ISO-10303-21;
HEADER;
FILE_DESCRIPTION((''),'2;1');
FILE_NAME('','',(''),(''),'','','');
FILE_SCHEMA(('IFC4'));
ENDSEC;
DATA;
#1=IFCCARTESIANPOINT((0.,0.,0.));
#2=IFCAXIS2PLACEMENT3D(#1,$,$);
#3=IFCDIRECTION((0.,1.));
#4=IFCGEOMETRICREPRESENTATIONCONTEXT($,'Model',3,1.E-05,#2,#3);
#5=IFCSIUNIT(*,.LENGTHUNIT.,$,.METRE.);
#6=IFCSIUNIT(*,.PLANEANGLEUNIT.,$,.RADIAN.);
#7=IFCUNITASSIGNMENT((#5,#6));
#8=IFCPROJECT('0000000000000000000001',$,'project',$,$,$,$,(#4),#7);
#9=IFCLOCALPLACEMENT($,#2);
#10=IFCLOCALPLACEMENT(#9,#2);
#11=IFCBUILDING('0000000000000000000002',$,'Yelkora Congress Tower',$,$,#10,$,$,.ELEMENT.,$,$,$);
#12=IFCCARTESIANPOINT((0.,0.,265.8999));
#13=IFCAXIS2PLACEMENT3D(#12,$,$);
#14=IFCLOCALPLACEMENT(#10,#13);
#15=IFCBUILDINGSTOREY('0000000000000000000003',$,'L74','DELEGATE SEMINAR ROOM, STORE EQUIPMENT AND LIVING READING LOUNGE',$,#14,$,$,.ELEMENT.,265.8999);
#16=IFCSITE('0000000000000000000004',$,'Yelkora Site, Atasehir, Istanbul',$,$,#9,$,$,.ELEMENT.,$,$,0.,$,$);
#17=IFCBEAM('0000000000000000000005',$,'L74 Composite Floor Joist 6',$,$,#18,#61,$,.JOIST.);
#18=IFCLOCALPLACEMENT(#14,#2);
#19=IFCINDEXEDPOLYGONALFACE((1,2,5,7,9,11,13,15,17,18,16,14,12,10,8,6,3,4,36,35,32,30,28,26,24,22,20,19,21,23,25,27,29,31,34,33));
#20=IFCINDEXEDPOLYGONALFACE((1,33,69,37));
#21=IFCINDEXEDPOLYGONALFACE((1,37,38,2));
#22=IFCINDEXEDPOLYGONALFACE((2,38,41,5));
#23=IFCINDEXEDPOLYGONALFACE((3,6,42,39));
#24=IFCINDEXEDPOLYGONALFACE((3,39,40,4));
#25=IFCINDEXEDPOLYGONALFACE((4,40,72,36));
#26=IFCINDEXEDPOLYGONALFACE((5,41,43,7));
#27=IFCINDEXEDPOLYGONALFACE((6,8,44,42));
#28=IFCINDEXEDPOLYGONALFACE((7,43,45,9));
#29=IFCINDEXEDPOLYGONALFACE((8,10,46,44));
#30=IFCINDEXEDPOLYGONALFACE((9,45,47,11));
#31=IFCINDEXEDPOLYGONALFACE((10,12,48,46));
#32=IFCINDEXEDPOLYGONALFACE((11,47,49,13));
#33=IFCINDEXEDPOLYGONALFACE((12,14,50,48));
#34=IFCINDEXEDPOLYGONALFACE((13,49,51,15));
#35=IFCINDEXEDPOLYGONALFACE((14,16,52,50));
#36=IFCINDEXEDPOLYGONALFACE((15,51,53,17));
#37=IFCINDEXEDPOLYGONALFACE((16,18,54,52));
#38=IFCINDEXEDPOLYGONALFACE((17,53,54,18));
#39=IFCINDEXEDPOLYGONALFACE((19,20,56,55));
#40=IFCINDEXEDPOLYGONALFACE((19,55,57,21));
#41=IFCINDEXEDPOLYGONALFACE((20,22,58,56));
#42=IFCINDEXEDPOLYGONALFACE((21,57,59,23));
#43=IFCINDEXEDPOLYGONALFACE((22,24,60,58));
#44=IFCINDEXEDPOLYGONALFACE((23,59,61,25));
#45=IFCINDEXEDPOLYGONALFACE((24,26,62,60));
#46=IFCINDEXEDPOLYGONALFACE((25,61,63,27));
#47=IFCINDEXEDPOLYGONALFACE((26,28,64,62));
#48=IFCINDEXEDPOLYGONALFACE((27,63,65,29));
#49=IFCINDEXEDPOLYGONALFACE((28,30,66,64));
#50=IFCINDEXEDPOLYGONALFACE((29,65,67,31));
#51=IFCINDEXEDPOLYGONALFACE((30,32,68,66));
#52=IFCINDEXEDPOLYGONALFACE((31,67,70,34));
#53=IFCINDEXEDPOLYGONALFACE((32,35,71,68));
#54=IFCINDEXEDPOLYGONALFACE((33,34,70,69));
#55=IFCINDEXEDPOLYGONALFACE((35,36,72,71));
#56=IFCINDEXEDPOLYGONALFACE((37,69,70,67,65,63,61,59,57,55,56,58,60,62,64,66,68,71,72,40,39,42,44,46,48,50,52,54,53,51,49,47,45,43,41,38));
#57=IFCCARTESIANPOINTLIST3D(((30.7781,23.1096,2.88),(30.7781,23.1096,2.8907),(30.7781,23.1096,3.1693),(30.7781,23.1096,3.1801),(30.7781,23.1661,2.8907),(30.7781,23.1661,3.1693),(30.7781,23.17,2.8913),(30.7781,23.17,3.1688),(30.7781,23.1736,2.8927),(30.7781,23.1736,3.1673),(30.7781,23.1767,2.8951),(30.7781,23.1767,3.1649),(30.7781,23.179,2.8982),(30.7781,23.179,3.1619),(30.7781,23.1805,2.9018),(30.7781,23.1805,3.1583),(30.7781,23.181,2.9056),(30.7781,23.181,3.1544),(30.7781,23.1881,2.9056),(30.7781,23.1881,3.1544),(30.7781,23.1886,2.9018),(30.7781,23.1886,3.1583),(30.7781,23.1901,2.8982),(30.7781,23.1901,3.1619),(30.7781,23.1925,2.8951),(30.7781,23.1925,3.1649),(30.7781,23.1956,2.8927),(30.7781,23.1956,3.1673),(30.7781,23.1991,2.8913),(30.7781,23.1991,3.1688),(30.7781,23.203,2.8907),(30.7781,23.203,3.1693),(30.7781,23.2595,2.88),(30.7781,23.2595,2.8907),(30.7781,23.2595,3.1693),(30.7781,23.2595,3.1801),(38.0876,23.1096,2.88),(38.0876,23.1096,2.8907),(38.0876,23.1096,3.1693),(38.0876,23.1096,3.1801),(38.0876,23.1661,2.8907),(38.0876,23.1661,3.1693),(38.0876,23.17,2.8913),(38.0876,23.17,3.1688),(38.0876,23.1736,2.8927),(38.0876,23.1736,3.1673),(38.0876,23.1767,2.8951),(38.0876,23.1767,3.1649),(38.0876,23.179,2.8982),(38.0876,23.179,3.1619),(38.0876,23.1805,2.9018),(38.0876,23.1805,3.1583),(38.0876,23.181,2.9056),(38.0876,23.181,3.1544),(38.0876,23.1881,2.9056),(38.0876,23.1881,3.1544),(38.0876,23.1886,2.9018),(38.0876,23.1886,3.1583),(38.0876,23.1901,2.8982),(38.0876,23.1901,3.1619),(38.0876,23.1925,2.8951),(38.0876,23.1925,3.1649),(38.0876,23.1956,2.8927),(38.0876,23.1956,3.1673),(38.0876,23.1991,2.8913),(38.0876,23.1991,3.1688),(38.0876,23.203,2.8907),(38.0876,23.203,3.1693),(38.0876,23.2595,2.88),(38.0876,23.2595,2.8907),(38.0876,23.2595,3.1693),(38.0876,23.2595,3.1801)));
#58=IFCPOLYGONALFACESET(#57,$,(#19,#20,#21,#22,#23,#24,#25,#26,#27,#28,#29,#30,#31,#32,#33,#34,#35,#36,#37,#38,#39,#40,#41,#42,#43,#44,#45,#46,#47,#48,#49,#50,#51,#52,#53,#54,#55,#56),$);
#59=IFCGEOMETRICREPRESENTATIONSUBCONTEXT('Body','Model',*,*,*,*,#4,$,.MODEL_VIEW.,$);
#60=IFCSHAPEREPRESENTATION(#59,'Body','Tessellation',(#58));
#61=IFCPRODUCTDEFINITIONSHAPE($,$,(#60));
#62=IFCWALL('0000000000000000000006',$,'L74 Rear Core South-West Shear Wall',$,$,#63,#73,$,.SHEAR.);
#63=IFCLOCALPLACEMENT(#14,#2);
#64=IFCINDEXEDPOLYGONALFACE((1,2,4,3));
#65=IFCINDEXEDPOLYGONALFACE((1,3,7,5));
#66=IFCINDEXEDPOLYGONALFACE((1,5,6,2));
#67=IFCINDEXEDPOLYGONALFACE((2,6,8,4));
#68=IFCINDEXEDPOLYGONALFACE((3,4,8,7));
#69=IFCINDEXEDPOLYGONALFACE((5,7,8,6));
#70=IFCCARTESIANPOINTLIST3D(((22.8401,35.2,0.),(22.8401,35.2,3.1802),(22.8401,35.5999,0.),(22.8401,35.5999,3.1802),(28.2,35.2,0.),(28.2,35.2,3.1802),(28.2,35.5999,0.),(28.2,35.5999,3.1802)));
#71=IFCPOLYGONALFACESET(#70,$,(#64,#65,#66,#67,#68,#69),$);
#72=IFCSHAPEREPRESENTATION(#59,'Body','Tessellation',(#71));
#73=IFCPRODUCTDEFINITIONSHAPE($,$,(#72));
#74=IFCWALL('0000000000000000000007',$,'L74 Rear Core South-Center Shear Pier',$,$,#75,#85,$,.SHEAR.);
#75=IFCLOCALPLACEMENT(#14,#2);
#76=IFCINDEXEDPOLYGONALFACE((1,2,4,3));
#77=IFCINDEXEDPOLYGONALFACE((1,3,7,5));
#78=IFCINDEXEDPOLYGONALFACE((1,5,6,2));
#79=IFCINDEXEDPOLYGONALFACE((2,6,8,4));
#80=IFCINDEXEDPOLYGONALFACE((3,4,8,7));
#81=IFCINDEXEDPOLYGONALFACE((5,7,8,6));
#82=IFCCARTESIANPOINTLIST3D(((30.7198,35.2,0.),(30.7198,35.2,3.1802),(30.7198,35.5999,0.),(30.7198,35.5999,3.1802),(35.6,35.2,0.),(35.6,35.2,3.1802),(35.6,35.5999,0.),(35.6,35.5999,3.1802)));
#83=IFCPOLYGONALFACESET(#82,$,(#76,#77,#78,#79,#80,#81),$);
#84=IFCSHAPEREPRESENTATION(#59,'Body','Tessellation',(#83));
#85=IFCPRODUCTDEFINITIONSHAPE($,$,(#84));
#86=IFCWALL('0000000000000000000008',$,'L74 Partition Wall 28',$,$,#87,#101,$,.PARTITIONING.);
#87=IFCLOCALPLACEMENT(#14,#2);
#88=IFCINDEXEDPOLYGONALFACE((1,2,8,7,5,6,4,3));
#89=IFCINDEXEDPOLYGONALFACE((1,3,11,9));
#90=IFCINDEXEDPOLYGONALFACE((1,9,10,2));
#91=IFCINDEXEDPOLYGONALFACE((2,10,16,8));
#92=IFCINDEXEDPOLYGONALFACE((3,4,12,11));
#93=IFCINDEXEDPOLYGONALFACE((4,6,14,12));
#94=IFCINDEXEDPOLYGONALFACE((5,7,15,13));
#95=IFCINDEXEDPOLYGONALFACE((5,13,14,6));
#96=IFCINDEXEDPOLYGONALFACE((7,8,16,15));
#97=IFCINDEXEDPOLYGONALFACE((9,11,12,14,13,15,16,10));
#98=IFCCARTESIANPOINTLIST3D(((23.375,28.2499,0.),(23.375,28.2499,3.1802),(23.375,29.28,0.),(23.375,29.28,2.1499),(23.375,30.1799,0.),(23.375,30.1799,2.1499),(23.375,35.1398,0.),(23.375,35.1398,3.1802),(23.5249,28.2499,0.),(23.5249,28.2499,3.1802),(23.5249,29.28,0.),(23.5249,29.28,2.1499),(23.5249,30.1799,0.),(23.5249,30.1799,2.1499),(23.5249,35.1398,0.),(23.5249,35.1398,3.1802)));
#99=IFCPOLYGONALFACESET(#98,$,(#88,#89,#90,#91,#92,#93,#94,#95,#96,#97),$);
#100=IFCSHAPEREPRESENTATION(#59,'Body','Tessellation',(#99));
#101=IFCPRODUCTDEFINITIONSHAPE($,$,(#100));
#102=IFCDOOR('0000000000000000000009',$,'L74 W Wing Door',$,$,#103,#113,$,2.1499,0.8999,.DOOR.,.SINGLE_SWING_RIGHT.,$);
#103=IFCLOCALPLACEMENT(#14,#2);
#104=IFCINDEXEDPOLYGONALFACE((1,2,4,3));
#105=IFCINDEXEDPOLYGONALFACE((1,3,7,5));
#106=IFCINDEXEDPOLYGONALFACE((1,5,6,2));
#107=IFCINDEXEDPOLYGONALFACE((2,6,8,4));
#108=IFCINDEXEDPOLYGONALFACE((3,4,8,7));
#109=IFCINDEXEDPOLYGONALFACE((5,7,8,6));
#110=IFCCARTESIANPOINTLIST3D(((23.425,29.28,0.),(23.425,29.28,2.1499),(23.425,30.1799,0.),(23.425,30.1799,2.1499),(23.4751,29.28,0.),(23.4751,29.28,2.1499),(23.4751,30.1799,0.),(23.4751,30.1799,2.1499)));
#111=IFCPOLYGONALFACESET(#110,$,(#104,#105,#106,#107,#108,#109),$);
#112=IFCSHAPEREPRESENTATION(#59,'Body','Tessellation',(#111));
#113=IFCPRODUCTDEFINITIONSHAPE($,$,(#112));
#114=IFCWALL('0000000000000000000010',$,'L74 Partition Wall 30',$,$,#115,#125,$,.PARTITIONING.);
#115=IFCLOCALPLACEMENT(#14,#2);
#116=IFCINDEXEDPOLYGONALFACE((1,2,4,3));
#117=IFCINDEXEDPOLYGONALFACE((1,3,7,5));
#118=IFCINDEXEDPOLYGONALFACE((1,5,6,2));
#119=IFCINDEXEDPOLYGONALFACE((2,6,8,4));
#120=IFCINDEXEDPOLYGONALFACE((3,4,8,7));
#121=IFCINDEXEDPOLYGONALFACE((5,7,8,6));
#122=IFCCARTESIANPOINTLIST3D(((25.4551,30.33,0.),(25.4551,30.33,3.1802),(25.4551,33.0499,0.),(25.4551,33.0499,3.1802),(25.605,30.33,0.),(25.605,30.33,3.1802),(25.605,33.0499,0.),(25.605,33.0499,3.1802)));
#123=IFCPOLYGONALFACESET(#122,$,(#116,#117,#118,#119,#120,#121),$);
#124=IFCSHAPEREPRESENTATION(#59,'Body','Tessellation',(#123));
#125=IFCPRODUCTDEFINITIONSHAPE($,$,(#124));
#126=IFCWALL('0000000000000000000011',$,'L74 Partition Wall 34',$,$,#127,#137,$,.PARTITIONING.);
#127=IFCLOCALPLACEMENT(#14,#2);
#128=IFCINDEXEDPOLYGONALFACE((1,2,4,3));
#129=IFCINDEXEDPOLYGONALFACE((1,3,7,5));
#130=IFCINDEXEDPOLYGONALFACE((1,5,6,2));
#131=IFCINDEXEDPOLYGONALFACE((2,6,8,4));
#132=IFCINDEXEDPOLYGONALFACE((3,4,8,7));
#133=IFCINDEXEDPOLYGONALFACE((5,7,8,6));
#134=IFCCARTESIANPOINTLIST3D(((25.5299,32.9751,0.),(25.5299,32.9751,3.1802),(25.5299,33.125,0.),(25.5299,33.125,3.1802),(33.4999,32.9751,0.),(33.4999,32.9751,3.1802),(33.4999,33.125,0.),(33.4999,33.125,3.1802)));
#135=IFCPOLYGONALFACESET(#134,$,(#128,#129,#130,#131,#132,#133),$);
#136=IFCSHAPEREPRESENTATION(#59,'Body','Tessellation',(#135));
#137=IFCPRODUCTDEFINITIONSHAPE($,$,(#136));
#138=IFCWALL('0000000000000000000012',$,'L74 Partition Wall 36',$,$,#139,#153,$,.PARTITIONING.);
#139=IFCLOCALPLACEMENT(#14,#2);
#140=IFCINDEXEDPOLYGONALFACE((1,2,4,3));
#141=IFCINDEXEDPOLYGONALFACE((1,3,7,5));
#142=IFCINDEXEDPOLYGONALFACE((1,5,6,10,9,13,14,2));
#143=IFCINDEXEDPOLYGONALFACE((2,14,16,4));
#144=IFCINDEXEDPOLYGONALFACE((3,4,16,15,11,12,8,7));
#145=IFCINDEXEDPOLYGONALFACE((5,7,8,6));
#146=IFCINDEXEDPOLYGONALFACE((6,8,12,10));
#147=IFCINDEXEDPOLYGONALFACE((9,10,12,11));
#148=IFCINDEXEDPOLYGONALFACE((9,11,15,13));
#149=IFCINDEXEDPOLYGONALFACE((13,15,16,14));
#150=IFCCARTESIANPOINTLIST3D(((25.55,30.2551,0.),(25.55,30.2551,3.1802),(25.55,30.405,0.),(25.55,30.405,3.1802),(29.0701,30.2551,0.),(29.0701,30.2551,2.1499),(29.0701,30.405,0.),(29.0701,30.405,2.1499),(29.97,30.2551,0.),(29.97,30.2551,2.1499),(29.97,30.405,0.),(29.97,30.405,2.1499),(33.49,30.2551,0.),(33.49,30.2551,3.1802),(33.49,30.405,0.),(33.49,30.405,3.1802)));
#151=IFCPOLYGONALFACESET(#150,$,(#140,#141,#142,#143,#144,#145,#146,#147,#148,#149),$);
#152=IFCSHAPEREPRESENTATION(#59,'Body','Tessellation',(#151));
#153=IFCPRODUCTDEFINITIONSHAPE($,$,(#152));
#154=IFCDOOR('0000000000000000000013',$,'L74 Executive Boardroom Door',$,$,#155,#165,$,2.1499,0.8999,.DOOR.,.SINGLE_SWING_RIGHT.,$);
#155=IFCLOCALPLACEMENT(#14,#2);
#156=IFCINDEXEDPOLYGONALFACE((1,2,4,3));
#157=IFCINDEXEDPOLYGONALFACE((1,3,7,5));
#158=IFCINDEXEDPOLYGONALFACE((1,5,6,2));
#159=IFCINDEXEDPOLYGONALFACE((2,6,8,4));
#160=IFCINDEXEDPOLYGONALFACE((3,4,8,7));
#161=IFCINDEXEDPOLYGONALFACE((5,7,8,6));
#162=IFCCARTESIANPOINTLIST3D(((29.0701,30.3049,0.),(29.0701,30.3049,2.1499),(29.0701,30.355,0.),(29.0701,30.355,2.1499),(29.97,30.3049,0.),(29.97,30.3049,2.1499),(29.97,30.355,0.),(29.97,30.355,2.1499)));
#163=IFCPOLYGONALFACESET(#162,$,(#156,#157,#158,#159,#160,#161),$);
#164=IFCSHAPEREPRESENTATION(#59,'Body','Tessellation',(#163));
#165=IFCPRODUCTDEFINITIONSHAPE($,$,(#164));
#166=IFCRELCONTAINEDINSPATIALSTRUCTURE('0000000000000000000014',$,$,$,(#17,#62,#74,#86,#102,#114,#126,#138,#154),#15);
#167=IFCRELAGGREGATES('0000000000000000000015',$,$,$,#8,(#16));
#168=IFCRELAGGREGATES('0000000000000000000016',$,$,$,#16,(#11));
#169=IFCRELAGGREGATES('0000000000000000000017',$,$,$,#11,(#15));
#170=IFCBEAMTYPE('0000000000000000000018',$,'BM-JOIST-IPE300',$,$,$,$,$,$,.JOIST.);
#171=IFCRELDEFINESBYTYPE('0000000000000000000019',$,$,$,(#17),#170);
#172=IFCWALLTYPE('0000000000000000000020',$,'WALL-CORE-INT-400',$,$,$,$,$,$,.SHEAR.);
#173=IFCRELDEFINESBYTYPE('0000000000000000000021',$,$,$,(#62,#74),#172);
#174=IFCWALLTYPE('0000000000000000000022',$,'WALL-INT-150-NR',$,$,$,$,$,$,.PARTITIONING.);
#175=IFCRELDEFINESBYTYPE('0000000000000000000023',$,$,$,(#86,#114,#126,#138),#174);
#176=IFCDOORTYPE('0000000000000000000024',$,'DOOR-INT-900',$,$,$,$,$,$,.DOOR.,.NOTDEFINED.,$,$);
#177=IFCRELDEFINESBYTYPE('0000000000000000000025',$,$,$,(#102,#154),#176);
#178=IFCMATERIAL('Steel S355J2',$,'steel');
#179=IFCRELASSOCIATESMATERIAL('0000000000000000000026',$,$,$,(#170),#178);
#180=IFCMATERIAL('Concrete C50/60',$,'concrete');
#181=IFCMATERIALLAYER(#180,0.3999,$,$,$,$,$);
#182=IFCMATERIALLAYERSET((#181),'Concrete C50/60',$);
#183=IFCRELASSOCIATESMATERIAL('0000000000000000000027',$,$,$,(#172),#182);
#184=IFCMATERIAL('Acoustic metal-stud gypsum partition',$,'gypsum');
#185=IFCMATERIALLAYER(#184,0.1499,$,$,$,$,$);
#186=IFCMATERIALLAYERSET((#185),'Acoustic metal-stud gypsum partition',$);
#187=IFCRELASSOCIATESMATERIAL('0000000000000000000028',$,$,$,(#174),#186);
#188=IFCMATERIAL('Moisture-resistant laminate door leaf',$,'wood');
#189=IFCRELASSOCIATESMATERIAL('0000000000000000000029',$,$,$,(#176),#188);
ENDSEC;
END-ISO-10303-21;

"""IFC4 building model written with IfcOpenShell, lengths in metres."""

from ifc_helpers import new_model, si_unit, direction, frame, frame_2d, origin, origin_2d, place, context, subcontext, project, spatial, rectangle, i_section, extrude, material, layer, layer_set, material_profile, profile_set, type_object, element, fill, save


model = new_model("IFC4")

# Units and contexts
model_context = context("Model", 3, precision=1e-05, world=origin(), true_north=direction((0.0, 1.0)))
body_context = subcontext(model_context, "Body", "Model", "MODEL_VIEW")
ifc_project = project(units=[si_unit("LENGTHUNIT", "METRE"), si_unit("PLANEANGLEUNIT", "RADIAN")], contexts=[model_context])

# Site, building, storey
site_placement = place(None, origin())
site = spatial("IfcSite", under=ifc_project, at=site_placement, Name="Yelkora Site, Atasehir, Istanbul", CompositionType="ELEMENT", RefElevation=0.0)
building_placement = place(site_placement, origin())
building = spatial("IfcBuilding", under=site, at=building_placement, Name="Yelkora Congress Tower", CompositionType="ELEMENT")
storey_placement = place(building_placement, frame((0.0, 0.0, 265.8999)))
storey = spatial("IfcBuildingStorey", under=building, at=storey_placement, Name="L74", Description="DELEGATE SEMINAR ROOM, STORE EQUIPMENT AND LIVING READING LOUNGE", CompositionType="ELEMENT", Elevation=265.8999)

# Beam
ifc_material_1 = material(Name="Steel S355J2", Category="steel")
ifc_material_profile_1 = material_profile(ifc_material_1, i_section(OverallWidth=0.1499, OverallDepth=0.3, WebThickness=0.0071, FlangeThickness=0.0107, FilletRadius=0.0149, at=origin_2d()), Name="IPE 300")
ifc_profile_set_1 = profile_set([ifc_material_profile_1], Name="Steel S355J2")
beam_type_1 = type_object("IfcBeamType", Name="BM-JOIST-IPE300", PredefinedType="JOIST", material=ifc_profile_set_1)
beam_1_placement = place(storey_placement, frame((30.7781, 23.1846, 3.03), z_axis=(1.0, 0.0, 0.0), x_axis=(0.0, 1.0, 0.0)))
element("IfcBeam", 1, at=beam_1_placement, inside=storey, type_object=beam_type_1, Name="L74 Composite Floor Joist 6", PredefinedType="JOIST", context=body_context, shape_type="SweptSolid", body=[
    extrude(i_section(OverallWidth=0.1499, OverallDepth=0.3, WebThickness=0.0071, FlangeThickness=0.0107, FilletRadius=0.0149, at=origin_2d()), origin(), (0.0, 0.0, 1.0), 7.3096),
])

# Walls
ifc_material_2 = material(Name="Concrete C50/60", Category="concrete")
ifc_layer_1 = layer(ifc_material_2, 0.3999)
ifc_layer_set_1 = layer_set([ifc_layer_1], Name="Concrete C50/60")
wall_type_1 = type_object("IfcWallType", Name="WALL-CORE-INT-400", PredefinedType="SHEAR", material=ifc_layer_set_1)
wall_1_placement = place(storey_placement, frame((22.8401, 35.3999, 0.0), z_axis=(0.0, 0.0, 1.0), x_axis=(1.0, 0.0, 0.0)))
element("IfcWall", 2, at=wall_1_placement, inside=storey, type_object=wall_type_1, Name="L74 Rear Core South-West Shear Wall", PredefinedType="SHEAR", context=body_context, shape_type="SweptSolid", body=[
    extrude(rectangle(XDim=5.3599, YDim=0.3999, at=frame_2d((2.6799, 0.0))), origin(), (0.0, 0.0, 1.0), 3.1802),
])
wall_2_placement = place(storey_placement, frame((30.72, 35.3999, 0.0), z_axis=(0.0, 0.0, 1.0), x_axis=(1.0, 0.0, 0.0)))
element("IfcWall", 3, at=wall_2_placement, inside=storey, type_object=wall_type_1, Name="L74 Rear Core South-Center Shear Pier", PredefinedType="SHEAR", context=body_context, shape_type="SweptSolid", body=[
    extrude(rectangle(XDim=4.8801, YDim=0.3999, at=frame_2d((2.4399, 0.0))), origin(), (0.0, 0.0, 1.0), 3.1802),
])

# Wall, opening, door
ifc_material_3 = material(Name="Acoustic metal-stud gypsum partition", Category="gypsum")
ifc_layer_2 = layer(ifc_material_3, 0.1499)
ifc_layer_set_2 = layer_set([ifc_layer_2], Name="Acoustic metal-stud gypsum partition")
wall_type_2 = type_object("IfcWallType", Name="WALL-INT-150-NR", PredefinedType="PARTITIONING", material=ifc_layer_set_2)
wall_3_placement = place(storey_placement, frame((23.45, 28.25, 0.0), z_axis=(0.0, 0.0, 1.0), x_axis=(0.0, 1.0, 0.0)))
wall_3 = element("IfcWall", 4, at=wall_3_placement, inside=storey, type_object=wall_type_2, Name="L74 Partition Wall 28", PredefinedType="PARTITIONING", context=body_context, shape_type="SweptSolid", body=[
    extrude(rectangle(XDim=6.8899, YDim=0.1499, at=frame_2d((3.4448, 0.0))), origin(), (0.0, 0.0, 1.0), 3.1802),
])
opening_1_placement = place(wall_3_placement, frame((1.03, 0.0, 0.0)))
opening_1 = element("IfcOpeningElement", 5, at=opening_1_placement, cuts=wall_3, PredefinedType="OPENING", context=body_context, shape_type="SweptSolid", body=[
    extrude(rectangle(XDim=0.8999, YDim=2.1499, at=frame_2d((0.45, 1.075))), frame((0.0, 0.085, 0.0), z_axis=(0.0, -1.0, 0.0), x_axis=(1.0, 0.0, 0.0)), (0.0, 0.0, 1.0), 0.1699),
])
ifc_material_4 = material(Name="Moisture-resistant laminate door leaf", Category="wood")
door_type_1 = type_object("IfcDoorType", Name="DOOR-INT-900", OperationType="NOTDEFINED", PredefinedType="DOOR", material=ifc_material_4)
door_1_placement = place(opening_1_placement, origin())
door_1 = element("IfcDoor", 6, at=door_1_placement, inside=storey, type_object=door_type_1, Name="L74 W Wing Door", OperationType="SINGLE_SWING_RIGHT", OverallHeight=2.1499, OverallWidth=0.8999, PredefinedType="DOOR", context=body_context, shape_type="SweptSolid", body=[
    extrude(rectangle(XDim=0.8999, YDim=2.1499, at=frame_2d((0.45, 1.075))), frame((0.0, 0.0249, 0.0), z_axis=(0.0, -1.0, 0.0), x_axis=(1.0, 0.0, 0.0)), (0.0, 0.0, 1.0), 0.05),
])
fill(opening_1, door_1)

# Walls
wall_4_placement = place(storey_placement, frame((25.53, 30.3301, 0.0), z_axis=(0.0, 0.0, 1.0), x_axis=(0.0, 1.0, 0.0)))
element("IfcWall", 7, at=wall_4_placement, inside=storey, type_object=wall_type_2, Name="L74 Partition Wall 30", PredefinedType="PARTITIONING", context=body_context, shape_type="SweptSolid", body=[
    extrude(rectangle(XDim=2.72, YDim=0.1499, at=frame_2d((1.3599, 0.0))), origin(), (0.0, 0.0, 1.0), 3.1802),
])
wall_5_placement = place(storey_placement, frame((25.53, 33.05, 0.0), z_axis=(0.0, 0.0, 1.0), x_axis=(1.0, 0.0, 0.0)))
element("IfcWall", 8, at=wall_5_placement, inside=storey, type_object=wall_type_2, Name="L74 Partition Wall 34", PredefinedType="PARTITIONING", context=body_context, shape_type="SweptSolid", body=[
    extrude(rectangle(XDim=7.97, YDim=0.1499, at=frame_2d((3.9849, 0.0))), origin(), (0.0, 0.0, 1.0), 3.1802),
])

# Wall, opening, door
wall_6_placement = place(storey_placement, frame((25.55, 30.3301, 0.0), z_axis=(0.0, 0.0, 1.0), x_axis=(1.0, 0.0, 0.0)))
wall_6 = element("IfcWall", 9, at=wall_6_placement, inside=storey, type_object=wall_type_2, Name="L74 Partition Wall 36", PredefinedType="PARTITIONING", context=body_context, shape_type="SweptSolid", body=[
    extrude(rectangle(XDim=7.9399, YDim=0.1499, at=frame_2d((3.97, 0.0))), origin(), (0.0, 0.0, 1.0), 3.1802),
])
opening_2_placement = place(wall_6_placement, frame((3.52, 0.0, 0.0)))
opening_2 = element("IfcOpeningElement", 10, at=opening_2_placement, cuts=wall_6, PredefinedType="OPENING", context=body_context, shape_type="SweptSolid", body=[
    extrude(rectangle(XDim=0.8999, YDim=2.1499, at=frame_2d((0.45, 1.075))), frame((0.0, 0.085, 0.0), z_axis=(0.0, -1.0, 0.0), x_axis=(1.0, 0.0, 0.0)), (0.0, 0.0, 1.0), 0.1699),
])
door_2_placement = place(opening_2_placement, origin())
door_2 = element("IfcDoor", 11, at=door_2_placement, inside=storey, type_object=door_type_1, Name="L74 Executive Boardroom Door", OperationType="SINGLE_SWING_RIGHT", OverallHeight=2.1499, OverallWidth=0.8999, PredefinedType="DOOR", context=body_context, shape_type="SweptSolid", body=[
    extrude(rectangle(XDim=0.8999, YDim=2.1499, at=frame_2d((0.45, 1.075))), frame((0.0, 0.0249, 0.0), z_axis=(0.0, -1.0, 0.0), x_axis=(1.0, 0.0, 0.0)), (0.0, 0.0, 1.0), 0.05),
])
fill(opening_2, door_2)

save(model, "model.ifc")
